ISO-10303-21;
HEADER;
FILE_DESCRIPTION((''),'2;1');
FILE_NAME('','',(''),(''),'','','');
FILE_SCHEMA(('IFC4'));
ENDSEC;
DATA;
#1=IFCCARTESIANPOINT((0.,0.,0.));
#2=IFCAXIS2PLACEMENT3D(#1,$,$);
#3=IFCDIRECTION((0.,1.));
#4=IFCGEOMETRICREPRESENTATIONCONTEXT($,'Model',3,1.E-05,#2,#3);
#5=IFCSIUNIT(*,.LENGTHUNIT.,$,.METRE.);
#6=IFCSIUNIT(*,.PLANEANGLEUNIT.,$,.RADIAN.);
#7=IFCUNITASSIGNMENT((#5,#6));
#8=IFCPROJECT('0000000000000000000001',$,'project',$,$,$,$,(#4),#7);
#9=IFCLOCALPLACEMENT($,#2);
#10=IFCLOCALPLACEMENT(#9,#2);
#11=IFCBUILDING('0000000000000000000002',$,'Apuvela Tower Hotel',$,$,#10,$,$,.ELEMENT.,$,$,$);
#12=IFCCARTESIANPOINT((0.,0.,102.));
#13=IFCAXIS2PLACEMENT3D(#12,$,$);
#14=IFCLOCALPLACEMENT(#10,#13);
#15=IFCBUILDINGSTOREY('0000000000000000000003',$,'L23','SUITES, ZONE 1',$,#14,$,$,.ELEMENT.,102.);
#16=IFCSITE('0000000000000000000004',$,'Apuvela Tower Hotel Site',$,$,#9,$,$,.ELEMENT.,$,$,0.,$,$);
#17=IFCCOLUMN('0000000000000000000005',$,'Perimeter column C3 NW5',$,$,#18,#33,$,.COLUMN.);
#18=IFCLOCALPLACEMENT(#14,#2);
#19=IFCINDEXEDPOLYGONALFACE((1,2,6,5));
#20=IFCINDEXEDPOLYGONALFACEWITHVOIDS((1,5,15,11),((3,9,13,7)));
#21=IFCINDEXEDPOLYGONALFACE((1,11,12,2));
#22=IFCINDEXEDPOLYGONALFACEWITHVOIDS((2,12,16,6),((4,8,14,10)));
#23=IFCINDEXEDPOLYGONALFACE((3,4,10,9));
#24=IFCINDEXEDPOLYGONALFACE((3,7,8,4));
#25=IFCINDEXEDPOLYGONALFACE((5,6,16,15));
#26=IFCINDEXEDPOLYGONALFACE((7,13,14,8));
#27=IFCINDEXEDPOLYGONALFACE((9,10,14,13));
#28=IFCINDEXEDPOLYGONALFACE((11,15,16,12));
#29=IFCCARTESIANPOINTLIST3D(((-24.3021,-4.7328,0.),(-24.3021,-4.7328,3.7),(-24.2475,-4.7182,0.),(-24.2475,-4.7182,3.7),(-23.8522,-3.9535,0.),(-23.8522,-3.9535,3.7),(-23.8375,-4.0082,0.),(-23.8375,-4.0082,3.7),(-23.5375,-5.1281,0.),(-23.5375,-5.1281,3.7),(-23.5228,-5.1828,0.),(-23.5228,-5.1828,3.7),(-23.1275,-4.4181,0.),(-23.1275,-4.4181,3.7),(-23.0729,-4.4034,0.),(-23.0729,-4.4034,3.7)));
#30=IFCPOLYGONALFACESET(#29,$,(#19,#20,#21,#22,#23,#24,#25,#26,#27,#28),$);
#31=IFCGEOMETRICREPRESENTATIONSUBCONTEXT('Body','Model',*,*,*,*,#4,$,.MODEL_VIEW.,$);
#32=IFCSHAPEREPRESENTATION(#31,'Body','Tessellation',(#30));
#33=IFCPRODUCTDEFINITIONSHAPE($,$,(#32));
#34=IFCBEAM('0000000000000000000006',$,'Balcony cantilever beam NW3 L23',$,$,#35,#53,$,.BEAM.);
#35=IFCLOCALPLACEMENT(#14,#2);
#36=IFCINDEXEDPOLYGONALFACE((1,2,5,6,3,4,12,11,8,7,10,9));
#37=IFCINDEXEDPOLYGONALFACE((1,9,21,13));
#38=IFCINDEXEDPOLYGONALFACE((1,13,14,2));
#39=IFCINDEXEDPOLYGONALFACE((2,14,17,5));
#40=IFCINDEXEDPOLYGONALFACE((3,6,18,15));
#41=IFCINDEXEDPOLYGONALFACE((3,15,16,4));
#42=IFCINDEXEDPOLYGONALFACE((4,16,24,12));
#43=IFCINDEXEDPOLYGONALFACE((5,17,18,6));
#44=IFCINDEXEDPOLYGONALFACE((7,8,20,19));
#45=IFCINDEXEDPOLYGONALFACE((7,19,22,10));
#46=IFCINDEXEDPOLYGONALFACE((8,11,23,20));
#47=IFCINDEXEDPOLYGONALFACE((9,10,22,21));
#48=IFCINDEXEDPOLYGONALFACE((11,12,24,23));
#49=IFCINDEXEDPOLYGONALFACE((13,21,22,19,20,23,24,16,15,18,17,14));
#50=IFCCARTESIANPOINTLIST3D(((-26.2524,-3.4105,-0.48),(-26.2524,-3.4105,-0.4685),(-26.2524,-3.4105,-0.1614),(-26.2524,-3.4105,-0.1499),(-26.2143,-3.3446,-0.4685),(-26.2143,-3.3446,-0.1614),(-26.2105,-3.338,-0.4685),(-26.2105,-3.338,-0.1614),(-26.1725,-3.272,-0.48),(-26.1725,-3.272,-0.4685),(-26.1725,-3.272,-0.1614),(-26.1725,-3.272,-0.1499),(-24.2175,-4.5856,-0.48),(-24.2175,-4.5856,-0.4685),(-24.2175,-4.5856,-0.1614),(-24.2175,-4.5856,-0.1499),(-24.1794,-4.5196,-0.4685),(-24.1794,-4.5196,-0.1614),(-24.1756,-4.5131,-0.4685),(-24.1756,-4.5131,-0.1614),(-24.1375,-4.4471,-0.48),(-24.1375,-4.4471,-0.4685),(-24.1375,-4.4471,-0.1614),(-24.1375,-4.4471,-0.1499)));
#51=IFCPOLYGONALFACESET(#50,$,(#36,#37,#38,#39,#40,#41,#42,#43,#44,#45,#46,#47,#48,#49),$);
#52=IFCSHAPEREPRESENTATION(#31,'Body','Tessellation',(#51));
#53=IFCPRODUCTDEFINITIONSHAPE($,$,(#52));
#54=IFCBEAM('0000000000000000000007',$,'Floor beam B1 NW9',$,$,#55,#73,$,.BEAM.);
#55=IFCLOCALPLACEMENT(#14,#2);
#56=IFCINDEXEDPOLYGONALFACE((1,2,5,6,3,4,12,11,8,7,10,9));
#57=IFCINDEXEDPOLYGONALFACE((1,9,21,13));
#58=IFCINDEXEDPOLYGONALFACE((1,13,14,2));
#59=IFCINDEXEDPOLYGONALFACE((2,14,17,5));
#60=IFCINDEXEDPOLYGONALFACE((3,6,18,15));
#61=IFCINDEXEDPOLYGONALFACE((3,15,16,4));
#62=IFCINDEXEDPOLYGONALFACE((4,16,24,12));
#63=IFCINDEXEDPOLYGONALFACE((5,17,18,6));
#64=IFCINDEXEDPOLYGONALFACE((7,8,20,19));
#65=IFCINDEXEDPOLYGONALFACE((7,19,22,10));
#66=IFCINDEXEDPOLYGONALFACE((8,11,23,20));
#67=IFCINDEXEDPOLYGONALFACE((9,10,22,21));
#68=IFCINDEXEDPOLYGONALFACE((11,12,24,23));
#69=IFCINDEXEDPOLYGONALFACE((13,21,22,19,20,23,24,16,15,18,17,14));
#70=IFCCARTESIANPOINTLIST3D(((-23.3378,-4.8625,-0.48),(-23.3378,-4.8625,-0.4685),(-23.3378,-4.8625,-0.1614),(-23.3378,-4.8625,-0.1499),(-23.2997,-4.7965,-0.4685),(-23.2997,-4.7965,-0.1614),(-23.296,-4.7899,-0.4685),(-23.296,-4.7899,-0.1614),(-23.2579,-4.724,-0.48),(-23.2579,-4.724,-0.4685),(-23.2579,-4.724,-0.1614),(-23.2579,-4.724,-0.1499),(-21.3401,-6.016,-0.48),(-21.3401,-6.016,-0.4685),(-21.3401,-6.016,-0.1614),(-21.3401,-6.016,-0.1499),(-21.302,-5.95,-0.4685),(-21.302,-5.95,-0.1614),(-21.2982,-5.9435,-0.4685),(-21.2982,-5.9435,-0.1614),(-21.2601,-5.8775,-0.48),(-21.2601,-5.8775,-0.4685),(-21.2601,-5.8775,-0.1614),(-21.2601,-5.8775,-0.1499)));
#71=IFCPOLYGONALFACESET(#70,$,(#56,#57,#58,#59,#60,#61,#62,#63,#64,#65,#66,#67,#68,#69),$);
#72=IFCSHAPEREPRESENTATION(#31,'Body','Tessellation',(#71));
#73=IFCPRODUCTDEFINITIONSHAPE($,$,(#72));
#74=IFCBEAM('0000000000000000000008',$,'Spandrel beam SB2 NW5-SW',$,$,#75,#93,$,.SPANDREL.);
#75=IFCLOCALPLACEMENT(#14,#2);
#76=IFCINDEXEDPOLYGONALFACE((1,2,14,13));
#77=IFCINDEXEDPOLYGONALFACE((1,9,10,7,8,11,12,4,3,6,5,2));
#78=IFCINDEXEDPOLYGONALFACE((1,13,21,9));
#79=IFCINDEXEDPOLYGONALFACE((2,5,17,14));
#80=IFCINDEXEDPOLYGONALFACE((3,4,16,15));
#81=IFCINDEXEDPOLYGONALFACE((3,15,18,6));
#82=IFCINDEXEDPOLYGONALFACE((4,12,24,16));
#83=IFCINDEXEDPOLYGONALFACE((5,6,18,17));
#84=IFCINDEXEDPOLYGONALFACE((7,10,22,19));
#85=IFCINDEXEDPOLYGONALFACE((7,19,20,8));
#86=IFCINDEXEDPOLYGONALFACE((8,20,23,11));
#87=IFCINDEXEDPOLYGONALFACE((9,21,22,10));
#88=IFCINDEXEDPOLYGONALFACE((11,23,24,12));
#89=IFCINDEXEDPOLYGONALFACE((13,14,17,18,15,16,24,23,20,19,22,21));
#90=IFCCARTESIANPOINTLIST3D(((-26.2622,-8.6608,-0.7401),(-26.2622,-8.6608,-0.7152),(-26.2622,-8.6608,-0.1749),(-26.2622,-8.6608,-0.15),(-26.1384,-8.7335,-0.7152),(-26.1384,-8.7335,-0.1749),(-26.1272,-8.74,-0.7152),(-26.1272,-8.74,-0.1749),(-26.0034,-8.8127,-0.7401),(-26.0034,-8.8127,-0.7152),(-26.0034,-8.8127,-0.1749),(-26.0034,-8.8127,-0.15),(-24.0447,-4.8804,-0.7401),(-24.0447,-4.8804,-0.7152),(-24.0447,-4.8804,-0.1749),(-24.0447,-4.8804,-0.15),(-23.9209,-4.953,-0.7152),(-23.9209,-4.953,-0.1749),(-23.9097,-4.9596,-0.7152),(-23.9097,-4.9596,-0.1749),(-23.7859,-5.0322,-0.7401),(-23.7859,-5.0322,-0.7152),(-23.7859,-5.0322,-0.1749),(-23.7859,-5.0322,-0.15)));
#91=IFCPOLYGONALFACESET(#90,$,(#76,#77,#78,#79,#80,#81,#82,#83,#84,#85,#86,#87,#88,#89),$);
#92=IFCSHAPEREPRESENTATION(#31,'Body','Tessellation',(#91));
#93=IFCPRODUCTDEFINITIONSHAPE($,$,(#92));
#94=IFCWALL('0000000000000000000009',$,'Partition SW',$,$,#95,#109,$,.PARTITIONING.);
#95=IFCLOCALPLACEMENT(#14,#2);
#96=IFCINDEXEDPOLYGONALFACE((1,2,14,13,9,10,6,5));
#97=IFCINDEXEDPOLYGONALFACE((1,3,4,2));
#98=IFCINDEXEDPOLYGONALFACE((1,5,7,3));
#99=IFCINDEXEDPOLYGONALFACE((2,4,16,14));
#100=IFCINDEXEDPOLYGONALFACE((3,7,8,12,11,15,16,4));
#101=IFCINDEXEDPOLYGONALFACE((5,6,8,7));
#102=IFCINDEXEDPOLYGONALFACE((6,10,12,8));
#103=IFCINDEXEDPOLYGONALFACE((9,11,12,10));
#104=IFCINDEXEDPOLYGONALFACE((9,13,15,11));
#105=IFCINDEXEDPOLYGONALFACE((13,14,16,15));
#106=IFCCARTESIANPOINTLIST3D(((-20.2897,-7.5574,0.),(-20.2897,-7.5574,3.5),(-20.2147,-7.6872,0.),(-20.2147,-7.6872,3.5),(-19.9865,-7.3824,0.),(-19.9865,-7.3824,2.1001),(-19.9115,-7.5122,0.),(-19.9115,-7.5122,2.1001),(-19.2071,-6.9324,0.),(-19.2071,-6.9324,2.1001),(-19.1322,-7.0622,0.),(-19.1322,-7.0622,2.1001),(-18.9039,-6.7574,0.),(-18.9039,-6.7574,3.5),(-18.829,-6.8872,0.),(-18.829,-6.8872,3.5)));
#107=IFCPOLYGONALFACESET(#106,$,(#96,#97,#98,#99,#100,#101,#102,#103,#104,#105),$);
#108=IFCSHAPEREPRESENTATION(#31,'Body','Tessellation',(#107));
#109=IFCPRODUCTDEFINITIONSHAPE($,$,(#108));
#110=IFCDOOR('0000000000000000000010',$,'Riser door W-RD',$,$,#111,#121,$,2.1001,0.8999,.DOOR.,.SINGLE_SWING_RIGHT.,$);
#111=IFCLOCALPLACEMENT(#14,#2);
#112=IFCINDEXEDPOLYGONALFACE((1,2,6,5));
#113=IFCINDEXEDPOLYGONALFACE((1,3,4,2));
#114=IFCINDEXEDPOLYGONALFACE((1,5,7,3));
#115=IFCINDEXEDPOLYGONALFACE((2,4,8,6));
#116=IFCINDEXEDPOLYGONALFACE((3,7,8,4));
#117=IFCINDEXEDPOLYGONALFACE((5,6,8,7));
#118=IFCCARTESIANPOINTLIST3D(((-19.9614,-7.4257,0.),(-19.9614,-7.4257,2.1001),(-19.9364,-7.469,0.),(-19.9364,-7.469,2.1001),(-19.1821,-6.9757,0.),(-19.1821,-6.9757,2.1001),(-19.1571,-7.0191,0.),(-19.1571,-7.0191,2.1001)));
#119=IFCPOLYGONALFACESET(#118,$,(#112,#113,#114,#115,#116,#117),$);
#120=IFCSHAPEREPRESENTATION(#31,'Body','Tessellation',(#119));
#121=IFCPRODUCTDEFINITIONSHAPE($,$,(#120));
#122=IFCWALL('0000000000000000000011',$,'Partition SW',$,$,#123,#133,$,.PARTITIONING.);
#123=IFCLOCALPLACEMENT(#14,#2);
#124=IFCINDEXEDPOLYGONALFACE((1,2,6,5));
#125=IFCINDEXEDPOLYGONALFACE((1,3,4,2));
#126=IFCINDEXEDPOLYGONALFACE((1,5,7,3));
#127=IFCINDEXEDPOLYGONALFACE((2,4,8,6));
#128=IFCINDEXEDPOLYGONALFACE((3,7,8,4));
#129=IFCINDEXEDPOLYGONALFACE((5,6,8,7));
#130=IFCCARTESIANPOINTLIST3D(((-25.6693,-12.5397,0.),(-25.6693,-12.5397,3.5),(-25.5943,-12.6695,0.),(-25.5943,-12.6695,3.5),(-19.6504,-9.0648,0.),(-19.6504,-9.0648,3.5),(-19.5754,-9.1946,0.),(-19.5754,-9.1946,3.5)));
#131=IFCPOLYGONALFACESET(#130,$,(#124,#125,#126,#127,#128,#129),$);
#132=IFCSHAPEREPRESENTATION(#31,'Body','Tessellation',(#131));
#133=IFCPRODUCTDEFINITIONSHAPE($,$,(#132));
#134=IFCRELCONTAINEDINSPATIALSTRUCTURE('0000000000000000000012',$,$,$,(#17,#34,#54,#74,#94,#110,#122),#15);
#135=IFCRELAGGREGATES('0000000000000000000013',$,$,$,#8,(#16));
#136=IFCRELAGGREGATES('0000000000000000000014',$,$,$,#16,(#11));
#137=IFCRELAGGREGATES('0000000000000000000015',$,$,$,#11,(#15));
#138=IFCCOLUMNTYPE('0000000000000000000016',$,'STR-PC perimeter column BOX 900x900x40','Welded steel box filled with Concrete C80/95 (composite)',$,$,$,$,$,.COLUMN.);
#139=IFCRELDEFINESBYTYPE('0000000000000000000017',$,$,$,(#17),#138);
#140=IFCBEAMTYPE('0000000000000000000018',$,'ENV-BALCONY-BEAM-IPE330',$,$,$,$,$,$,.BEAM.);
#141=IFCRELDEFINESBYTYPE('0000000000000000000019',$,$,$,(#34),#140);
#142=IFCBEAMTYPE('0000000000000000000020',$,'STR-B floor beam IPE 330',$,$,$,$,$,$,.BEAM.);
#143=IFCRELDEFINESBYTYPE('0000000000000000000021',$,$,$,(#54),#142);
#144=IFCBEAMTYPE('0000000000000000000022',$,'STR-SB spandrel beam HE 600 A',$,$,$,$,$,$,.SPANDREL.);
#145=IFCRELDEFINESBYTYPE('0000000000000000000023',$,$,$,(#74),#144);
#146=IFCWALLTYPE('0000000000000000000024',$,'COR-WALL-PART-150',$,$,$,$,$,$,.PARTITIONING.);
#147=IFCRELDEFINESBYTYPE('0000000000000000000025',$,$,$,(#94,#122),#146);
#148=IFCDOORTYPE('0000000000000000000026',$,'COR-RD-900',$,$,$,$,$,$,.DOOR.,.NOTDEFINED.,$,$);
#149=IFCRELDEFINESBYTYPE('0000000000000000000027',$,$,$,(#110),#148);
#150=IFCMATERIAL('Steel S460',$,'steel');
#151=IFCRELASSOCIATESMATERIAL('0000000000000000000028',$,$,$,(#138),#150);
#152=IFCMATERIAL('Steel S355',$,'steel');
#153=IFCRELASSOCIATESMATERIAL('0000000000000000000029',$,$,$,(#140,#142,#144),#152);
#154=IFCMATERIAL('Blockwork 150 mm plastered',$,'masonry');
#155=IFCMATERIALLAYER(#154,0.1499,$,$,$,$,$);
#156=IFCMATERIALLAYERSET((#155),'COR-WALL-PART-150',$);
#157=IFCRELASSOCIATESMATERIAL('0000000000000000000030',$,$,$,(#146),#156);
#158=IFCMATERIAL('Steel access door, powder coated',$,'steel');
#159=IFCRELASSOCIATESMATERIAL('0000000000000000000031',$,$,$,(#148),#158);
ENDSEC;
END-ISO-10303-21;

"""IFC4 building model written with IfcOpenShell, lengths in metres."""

from ifc_helpers import new_model, si_unit, direction, frame, frame_2d, origin, origin_2d, place, context, subcontext, project, spatial, rectangle, hollow_rectangle, i_section, extrude, material, layer, layer_set, material_profile, profile_set, type_object, element, fill, save


model = new_model("IFC4")

# Units and contexts
model_context = context("Model", 3, precision=1e-05, world=origin(), true_north=direction((0.0, 1.0)))
body_context = subcontext(model_context, "Body", "Model", "MODEL_VIEW")
ifc_project = project(units=[si_unit("LENGTHUNIT", "METRE"), si_unit("PLANEANGLEUNIT", "RADIAN")], contexts=[model_context])

# Site, building, storey
site_placement = place(None, origin())
site = spatial("IfcSite", under=ifc_project, at=site_placement, Name="Apuvela Tower Hotel Site", CompositionType="ELEMENT", RefElevation=0.0)
building_placement = place(site_placement, origin())
building = spatial("IfcBuilding", under=site, at=building_placement, Name="Apuvela Tower Hotel", CompositionType="ELEMENT")
storey_placement = place(building_placement, frame((0.0, 0.0, 102.0)))
storey = spatial("IfcBuildingStorey", under=building, at=storey_placement, Name="L23", Description="SUITES, ZONE 1", CompositionType="ELEMENT", Elevation=102.0)

# Column
ifc_material_1 = material(Name="Steel S460", Category="steel")
ifc_material_profile_1 = material_profile(ifc_material_1, hollow_rectangle(XDim=0.8999, YDim=0.8999, WallThickness=0.04, at=origin_2d()), Name="BOX 900x900x40")
ifc_material_2 = material(Name="Concrete C80/95", Category="concrete")
ifc_material_profile_2 = material_profile(ifc_material_2, rectangle(XDim=0.8201, YDim=0.8201, at=origin_2d()), Name="Concrete C80/95 infill")
ifc_profile_set_1 = profile_set([ifc_material_profile_1, ifc_material_profile_2], Name="Steel S460")
column_type = type_object("IfcColumnType", Name="STR-PC perimeter column BOX 900x900x40", Description="Welded steel box filled with Concrete C80/95 (composite)", PredefinedType="COLUMN", material=ifc_profile_set_1)
column_placement = place(storey_placement, frame((-23.6875, -4.5681, 0.0), z_axis=(0.0, 0.0, 1.0), x_axis=(0.5, 0.866025, 0.0)))
element("IfcColumn", 1, at=column_placement, inside=storey, type_object=column_type, Name="Perimeter column C3 NW5", PredefinedType="COLUMN", context=body_context, shape_type="SweptSolid", body=[
    extrude(hollow_rectangle(XDim=0.8999, YDim=0.8999, WallThickness=0.04, at=origin_2d()), origin(), (0.0, 0.0, 1.0), 3.7),
])

# Beams
ifc_material_3 = material(Name="Steel S355", Category="steel")
ifc_material_profile_3 = material_profile(ifc_material_3, i_section(OverallWidth=0.1599, OverallDepth=0.3301, WebThickness=0.0076, FlangeThickness=0.0115, at=origin_2d()), Name="IPE 330")
ifc_profile_set_2 = profile_set([ifc_material_profile_3], Name="Steel S355")
beam_type_1 = type_object("IfcBeamType", Name="ENV-BALCONY-BEAM-IPE330", PredefinedType="BEAM", material=ifc_profile_set_2)
beam_1_placement = place(storey_placement, frame((-24.1775, -4.5164, -0.3149), z_axis=(-0.86599, 0.500061, 0.0), x_axis=(-0.500061, -0.86599, 0.0)))
element("IfcBeam", 2, at=beam_1_placement, inside=storey, type_object=beam_type_1, Name="Balcony cantilever beam NW3 L23", PredefinedType="BEAM", context=body_context, shape_type="SweptSolid", body=[
    extrude(i_section(OverallWidth=0.1599, OverallDepth=0.3301, WebThickness=0.0076, FlangeThickness=0.0115, at=origin_2d()), origin(), (0.0, 0.0, 1.0), 2.3499),
])
ifc_material_profile_4 = material_profile(ifc_material_3, i_section(OverallWidth=0.1599, OverallDepth=0.3301, WebThickness=0.0076, FlangeThickness=0.0115, at=origin_2d()), Name="IPE 330")
ifc_profile_set_3 = profile_set([ifc_material_profile_4], Name="Steel S355")
beam_type_2 = type_object("IfcBeamType", Name="STR-B floor beam IPE 330", PredefinedType="BEAM", material=ifc_profile_set_3)
beam_2_placement = place(storey_placement, frame((-23.2979, -4.7932, -0.3149), z_axis=(0.866001, -0.500043, 0.0), x_axis=(0.500043, 0.866001, 0.0)))
element("IfcBeam", 3, at=beam_2_placement, inside=storey, type_object=beam_type_2, Name="Floor beam B1 NW9", PredefinedType="BEAM", context=body_context, shape_type="SweptSolid", body=[
    extrude(i_section(OverallWidth=0.1599, OverallDepth=0.3301, WebThickness=0.0076, FlangeThickness=0.0115, at=origin_2d()), origin(), (0.0, 0.0, 1.0), 2.3069),
])
ifc_material_profile_5 = material_profile(ifc_material_3, i_section(OverallWidth=0.3, OverallDepth=0.5901, WebThickness=0.0129, FlangeThickness=0.0249, at=origin_2d()), Name="HE 600 A")
ifc_profile_set_4 = profile_set([ifc_material_profile_5], Name="Steel S355")
beam_type_3 = type_object("IfcBeamType", Name="STR-SB spandrel beam HE 600 A", PredefinedType="SPANDREL", material=ifc_profile_set_4)
beam_3_placement = place(storey_placement, frame((-23.9153, -4.9563, -0.4451), z_axis=(-0.505951, -0.862562, 0.0), x_axis=(0.862562, -0.505951, 0.0)))
element("IfcBeam", 4, at=beam_3_placement, inside=storey, type_object=beam_type_3, Name="Spandrel beam SB2 NW5-SW", PredefinedType="SPANDREL", context=body_context, shape_type="SweptSolid", body=[
    extrude(i_section(OverallWidth=0.3, OverallDepth=0.5901, WebThickness=0.0129, FlangeThickness=0.0249, at=origin_2d()), origin(), (0.0, 0.0, 1.0), 4.3828),
])

# Wall, opening, door
ifc_material_4 = material(Name="Blockwork 150 mm plastered", Category="masonry")
ifc_layer_1 = layer(ifc_material_4, 0.1499)
ifc_layer_set_1 = layer_set([ifc_layer_1], Name="COR-WALL-PART-150")
wall_type_1 = type_object("IfcWallType", Name="COR-WALL-PART-150", PredefinedType="PARTITIONING", material=ifc_layer_set_1)
wall_1_placement = place(storey_placement, frame((-18.8665, -6.8223, 0.0), z_axis=(0.0, 0.0, 1.0), x_axis=(-0.866028, -0.499995, 0.0)))
wall_1 = element("IfcWall", 5, at=wall_1_placement, inside=storey, type_object=wall_type_1, Name="Partition SW", PredefinedType="PARTITIONING", context=body_context, shape_type="SweptSolid", body=[
    extrude(rectangle(XDim=1.6001, YDim=0.1499, at=frame_2d((0.8, 0.0))), origin(), (0.0, 0.0, 1.0), 3.5),
])
opening_1_placement = place(wall_1_placement, frame((0.3501, 0.0, 0.0)))
opening_1 = element("IfcOpeningElement", 6, at=opening_1_placement, cuts=wall_1, PredefinedType="OPENING", context=body_context, shape_type="SweptSolid", body=[
    extrude(rectangle(XDim=0.8999, YDim=2.1001, at=frame_2d((0.45, 1.05))), frame((0.0, 0.085, 0.0), z_axis=(0.0, -1.0, 0.0), x_axis=(1.0, 0.0, 0.0)), (0.0, 0.0, 1.0), 0.1699),
])
ifc_material_5 = material(Name="Steel access door, powder coated", Category="steel")
door_type_1 = type_object("IfcDoorType", Name="COR-RD-900", OperationType="NOTDEFINED", PredefinedType="DOOR", material=ifc_material_5)
door_1_placement = place(opening_1_placement, frame((0.8999, 0.0, 0.0), z_axis=(0.0, 0.0, 1.0), x_axis=(-1.0, 0.0, 0.0)))
door_1 = element("IfcDoor", 7, at=door_1_placement, inside=storey, type_object=door_type_1, Name="Riser door W-RD", OperationType="SINGLE_SWING_RIGHT", OverallHeight=2.1001, OverallWidth=0.8999, PredefinedType="DOOR", context=body_context, shape_type="SweptSolid", body=[
    extrude(rectangle(XDim=0.8999, YDim=2.1001, at=frame_2d((0.45, 1.05))), frame((0.0, 0.0249, 0.0), z_axis=(0.0, -1.0, 0.0), x_axis=(1.0, 0.0, 0.0)), (0.0, 0.0, 1.0), 0.05),
])
fill(opening_1, door_1)

# Wall
wall_2_placement = place(storey_placement, frame((-19.6128, -9.1296, 0.0), z_axis=(0.0, 0.0, 1.0), x_axis=(-0.866032, -0.499989, 0.0)))
element("IfcWall", 8, at=wall_2_placement, inside=storey, type_object=wall_type_1, Name="Partition SW", PredefinedType="PARTITIONING", context=body_context, shape_type="SweptSolid", body=[
    extrude(rectangle(XDim=6.95, YDim=0.1499, at=frame_2d((3.4751, 0.0))), origin(), (0.0, 0.0, 1.0), 3.5),
])

save(model, "model.ifc")
